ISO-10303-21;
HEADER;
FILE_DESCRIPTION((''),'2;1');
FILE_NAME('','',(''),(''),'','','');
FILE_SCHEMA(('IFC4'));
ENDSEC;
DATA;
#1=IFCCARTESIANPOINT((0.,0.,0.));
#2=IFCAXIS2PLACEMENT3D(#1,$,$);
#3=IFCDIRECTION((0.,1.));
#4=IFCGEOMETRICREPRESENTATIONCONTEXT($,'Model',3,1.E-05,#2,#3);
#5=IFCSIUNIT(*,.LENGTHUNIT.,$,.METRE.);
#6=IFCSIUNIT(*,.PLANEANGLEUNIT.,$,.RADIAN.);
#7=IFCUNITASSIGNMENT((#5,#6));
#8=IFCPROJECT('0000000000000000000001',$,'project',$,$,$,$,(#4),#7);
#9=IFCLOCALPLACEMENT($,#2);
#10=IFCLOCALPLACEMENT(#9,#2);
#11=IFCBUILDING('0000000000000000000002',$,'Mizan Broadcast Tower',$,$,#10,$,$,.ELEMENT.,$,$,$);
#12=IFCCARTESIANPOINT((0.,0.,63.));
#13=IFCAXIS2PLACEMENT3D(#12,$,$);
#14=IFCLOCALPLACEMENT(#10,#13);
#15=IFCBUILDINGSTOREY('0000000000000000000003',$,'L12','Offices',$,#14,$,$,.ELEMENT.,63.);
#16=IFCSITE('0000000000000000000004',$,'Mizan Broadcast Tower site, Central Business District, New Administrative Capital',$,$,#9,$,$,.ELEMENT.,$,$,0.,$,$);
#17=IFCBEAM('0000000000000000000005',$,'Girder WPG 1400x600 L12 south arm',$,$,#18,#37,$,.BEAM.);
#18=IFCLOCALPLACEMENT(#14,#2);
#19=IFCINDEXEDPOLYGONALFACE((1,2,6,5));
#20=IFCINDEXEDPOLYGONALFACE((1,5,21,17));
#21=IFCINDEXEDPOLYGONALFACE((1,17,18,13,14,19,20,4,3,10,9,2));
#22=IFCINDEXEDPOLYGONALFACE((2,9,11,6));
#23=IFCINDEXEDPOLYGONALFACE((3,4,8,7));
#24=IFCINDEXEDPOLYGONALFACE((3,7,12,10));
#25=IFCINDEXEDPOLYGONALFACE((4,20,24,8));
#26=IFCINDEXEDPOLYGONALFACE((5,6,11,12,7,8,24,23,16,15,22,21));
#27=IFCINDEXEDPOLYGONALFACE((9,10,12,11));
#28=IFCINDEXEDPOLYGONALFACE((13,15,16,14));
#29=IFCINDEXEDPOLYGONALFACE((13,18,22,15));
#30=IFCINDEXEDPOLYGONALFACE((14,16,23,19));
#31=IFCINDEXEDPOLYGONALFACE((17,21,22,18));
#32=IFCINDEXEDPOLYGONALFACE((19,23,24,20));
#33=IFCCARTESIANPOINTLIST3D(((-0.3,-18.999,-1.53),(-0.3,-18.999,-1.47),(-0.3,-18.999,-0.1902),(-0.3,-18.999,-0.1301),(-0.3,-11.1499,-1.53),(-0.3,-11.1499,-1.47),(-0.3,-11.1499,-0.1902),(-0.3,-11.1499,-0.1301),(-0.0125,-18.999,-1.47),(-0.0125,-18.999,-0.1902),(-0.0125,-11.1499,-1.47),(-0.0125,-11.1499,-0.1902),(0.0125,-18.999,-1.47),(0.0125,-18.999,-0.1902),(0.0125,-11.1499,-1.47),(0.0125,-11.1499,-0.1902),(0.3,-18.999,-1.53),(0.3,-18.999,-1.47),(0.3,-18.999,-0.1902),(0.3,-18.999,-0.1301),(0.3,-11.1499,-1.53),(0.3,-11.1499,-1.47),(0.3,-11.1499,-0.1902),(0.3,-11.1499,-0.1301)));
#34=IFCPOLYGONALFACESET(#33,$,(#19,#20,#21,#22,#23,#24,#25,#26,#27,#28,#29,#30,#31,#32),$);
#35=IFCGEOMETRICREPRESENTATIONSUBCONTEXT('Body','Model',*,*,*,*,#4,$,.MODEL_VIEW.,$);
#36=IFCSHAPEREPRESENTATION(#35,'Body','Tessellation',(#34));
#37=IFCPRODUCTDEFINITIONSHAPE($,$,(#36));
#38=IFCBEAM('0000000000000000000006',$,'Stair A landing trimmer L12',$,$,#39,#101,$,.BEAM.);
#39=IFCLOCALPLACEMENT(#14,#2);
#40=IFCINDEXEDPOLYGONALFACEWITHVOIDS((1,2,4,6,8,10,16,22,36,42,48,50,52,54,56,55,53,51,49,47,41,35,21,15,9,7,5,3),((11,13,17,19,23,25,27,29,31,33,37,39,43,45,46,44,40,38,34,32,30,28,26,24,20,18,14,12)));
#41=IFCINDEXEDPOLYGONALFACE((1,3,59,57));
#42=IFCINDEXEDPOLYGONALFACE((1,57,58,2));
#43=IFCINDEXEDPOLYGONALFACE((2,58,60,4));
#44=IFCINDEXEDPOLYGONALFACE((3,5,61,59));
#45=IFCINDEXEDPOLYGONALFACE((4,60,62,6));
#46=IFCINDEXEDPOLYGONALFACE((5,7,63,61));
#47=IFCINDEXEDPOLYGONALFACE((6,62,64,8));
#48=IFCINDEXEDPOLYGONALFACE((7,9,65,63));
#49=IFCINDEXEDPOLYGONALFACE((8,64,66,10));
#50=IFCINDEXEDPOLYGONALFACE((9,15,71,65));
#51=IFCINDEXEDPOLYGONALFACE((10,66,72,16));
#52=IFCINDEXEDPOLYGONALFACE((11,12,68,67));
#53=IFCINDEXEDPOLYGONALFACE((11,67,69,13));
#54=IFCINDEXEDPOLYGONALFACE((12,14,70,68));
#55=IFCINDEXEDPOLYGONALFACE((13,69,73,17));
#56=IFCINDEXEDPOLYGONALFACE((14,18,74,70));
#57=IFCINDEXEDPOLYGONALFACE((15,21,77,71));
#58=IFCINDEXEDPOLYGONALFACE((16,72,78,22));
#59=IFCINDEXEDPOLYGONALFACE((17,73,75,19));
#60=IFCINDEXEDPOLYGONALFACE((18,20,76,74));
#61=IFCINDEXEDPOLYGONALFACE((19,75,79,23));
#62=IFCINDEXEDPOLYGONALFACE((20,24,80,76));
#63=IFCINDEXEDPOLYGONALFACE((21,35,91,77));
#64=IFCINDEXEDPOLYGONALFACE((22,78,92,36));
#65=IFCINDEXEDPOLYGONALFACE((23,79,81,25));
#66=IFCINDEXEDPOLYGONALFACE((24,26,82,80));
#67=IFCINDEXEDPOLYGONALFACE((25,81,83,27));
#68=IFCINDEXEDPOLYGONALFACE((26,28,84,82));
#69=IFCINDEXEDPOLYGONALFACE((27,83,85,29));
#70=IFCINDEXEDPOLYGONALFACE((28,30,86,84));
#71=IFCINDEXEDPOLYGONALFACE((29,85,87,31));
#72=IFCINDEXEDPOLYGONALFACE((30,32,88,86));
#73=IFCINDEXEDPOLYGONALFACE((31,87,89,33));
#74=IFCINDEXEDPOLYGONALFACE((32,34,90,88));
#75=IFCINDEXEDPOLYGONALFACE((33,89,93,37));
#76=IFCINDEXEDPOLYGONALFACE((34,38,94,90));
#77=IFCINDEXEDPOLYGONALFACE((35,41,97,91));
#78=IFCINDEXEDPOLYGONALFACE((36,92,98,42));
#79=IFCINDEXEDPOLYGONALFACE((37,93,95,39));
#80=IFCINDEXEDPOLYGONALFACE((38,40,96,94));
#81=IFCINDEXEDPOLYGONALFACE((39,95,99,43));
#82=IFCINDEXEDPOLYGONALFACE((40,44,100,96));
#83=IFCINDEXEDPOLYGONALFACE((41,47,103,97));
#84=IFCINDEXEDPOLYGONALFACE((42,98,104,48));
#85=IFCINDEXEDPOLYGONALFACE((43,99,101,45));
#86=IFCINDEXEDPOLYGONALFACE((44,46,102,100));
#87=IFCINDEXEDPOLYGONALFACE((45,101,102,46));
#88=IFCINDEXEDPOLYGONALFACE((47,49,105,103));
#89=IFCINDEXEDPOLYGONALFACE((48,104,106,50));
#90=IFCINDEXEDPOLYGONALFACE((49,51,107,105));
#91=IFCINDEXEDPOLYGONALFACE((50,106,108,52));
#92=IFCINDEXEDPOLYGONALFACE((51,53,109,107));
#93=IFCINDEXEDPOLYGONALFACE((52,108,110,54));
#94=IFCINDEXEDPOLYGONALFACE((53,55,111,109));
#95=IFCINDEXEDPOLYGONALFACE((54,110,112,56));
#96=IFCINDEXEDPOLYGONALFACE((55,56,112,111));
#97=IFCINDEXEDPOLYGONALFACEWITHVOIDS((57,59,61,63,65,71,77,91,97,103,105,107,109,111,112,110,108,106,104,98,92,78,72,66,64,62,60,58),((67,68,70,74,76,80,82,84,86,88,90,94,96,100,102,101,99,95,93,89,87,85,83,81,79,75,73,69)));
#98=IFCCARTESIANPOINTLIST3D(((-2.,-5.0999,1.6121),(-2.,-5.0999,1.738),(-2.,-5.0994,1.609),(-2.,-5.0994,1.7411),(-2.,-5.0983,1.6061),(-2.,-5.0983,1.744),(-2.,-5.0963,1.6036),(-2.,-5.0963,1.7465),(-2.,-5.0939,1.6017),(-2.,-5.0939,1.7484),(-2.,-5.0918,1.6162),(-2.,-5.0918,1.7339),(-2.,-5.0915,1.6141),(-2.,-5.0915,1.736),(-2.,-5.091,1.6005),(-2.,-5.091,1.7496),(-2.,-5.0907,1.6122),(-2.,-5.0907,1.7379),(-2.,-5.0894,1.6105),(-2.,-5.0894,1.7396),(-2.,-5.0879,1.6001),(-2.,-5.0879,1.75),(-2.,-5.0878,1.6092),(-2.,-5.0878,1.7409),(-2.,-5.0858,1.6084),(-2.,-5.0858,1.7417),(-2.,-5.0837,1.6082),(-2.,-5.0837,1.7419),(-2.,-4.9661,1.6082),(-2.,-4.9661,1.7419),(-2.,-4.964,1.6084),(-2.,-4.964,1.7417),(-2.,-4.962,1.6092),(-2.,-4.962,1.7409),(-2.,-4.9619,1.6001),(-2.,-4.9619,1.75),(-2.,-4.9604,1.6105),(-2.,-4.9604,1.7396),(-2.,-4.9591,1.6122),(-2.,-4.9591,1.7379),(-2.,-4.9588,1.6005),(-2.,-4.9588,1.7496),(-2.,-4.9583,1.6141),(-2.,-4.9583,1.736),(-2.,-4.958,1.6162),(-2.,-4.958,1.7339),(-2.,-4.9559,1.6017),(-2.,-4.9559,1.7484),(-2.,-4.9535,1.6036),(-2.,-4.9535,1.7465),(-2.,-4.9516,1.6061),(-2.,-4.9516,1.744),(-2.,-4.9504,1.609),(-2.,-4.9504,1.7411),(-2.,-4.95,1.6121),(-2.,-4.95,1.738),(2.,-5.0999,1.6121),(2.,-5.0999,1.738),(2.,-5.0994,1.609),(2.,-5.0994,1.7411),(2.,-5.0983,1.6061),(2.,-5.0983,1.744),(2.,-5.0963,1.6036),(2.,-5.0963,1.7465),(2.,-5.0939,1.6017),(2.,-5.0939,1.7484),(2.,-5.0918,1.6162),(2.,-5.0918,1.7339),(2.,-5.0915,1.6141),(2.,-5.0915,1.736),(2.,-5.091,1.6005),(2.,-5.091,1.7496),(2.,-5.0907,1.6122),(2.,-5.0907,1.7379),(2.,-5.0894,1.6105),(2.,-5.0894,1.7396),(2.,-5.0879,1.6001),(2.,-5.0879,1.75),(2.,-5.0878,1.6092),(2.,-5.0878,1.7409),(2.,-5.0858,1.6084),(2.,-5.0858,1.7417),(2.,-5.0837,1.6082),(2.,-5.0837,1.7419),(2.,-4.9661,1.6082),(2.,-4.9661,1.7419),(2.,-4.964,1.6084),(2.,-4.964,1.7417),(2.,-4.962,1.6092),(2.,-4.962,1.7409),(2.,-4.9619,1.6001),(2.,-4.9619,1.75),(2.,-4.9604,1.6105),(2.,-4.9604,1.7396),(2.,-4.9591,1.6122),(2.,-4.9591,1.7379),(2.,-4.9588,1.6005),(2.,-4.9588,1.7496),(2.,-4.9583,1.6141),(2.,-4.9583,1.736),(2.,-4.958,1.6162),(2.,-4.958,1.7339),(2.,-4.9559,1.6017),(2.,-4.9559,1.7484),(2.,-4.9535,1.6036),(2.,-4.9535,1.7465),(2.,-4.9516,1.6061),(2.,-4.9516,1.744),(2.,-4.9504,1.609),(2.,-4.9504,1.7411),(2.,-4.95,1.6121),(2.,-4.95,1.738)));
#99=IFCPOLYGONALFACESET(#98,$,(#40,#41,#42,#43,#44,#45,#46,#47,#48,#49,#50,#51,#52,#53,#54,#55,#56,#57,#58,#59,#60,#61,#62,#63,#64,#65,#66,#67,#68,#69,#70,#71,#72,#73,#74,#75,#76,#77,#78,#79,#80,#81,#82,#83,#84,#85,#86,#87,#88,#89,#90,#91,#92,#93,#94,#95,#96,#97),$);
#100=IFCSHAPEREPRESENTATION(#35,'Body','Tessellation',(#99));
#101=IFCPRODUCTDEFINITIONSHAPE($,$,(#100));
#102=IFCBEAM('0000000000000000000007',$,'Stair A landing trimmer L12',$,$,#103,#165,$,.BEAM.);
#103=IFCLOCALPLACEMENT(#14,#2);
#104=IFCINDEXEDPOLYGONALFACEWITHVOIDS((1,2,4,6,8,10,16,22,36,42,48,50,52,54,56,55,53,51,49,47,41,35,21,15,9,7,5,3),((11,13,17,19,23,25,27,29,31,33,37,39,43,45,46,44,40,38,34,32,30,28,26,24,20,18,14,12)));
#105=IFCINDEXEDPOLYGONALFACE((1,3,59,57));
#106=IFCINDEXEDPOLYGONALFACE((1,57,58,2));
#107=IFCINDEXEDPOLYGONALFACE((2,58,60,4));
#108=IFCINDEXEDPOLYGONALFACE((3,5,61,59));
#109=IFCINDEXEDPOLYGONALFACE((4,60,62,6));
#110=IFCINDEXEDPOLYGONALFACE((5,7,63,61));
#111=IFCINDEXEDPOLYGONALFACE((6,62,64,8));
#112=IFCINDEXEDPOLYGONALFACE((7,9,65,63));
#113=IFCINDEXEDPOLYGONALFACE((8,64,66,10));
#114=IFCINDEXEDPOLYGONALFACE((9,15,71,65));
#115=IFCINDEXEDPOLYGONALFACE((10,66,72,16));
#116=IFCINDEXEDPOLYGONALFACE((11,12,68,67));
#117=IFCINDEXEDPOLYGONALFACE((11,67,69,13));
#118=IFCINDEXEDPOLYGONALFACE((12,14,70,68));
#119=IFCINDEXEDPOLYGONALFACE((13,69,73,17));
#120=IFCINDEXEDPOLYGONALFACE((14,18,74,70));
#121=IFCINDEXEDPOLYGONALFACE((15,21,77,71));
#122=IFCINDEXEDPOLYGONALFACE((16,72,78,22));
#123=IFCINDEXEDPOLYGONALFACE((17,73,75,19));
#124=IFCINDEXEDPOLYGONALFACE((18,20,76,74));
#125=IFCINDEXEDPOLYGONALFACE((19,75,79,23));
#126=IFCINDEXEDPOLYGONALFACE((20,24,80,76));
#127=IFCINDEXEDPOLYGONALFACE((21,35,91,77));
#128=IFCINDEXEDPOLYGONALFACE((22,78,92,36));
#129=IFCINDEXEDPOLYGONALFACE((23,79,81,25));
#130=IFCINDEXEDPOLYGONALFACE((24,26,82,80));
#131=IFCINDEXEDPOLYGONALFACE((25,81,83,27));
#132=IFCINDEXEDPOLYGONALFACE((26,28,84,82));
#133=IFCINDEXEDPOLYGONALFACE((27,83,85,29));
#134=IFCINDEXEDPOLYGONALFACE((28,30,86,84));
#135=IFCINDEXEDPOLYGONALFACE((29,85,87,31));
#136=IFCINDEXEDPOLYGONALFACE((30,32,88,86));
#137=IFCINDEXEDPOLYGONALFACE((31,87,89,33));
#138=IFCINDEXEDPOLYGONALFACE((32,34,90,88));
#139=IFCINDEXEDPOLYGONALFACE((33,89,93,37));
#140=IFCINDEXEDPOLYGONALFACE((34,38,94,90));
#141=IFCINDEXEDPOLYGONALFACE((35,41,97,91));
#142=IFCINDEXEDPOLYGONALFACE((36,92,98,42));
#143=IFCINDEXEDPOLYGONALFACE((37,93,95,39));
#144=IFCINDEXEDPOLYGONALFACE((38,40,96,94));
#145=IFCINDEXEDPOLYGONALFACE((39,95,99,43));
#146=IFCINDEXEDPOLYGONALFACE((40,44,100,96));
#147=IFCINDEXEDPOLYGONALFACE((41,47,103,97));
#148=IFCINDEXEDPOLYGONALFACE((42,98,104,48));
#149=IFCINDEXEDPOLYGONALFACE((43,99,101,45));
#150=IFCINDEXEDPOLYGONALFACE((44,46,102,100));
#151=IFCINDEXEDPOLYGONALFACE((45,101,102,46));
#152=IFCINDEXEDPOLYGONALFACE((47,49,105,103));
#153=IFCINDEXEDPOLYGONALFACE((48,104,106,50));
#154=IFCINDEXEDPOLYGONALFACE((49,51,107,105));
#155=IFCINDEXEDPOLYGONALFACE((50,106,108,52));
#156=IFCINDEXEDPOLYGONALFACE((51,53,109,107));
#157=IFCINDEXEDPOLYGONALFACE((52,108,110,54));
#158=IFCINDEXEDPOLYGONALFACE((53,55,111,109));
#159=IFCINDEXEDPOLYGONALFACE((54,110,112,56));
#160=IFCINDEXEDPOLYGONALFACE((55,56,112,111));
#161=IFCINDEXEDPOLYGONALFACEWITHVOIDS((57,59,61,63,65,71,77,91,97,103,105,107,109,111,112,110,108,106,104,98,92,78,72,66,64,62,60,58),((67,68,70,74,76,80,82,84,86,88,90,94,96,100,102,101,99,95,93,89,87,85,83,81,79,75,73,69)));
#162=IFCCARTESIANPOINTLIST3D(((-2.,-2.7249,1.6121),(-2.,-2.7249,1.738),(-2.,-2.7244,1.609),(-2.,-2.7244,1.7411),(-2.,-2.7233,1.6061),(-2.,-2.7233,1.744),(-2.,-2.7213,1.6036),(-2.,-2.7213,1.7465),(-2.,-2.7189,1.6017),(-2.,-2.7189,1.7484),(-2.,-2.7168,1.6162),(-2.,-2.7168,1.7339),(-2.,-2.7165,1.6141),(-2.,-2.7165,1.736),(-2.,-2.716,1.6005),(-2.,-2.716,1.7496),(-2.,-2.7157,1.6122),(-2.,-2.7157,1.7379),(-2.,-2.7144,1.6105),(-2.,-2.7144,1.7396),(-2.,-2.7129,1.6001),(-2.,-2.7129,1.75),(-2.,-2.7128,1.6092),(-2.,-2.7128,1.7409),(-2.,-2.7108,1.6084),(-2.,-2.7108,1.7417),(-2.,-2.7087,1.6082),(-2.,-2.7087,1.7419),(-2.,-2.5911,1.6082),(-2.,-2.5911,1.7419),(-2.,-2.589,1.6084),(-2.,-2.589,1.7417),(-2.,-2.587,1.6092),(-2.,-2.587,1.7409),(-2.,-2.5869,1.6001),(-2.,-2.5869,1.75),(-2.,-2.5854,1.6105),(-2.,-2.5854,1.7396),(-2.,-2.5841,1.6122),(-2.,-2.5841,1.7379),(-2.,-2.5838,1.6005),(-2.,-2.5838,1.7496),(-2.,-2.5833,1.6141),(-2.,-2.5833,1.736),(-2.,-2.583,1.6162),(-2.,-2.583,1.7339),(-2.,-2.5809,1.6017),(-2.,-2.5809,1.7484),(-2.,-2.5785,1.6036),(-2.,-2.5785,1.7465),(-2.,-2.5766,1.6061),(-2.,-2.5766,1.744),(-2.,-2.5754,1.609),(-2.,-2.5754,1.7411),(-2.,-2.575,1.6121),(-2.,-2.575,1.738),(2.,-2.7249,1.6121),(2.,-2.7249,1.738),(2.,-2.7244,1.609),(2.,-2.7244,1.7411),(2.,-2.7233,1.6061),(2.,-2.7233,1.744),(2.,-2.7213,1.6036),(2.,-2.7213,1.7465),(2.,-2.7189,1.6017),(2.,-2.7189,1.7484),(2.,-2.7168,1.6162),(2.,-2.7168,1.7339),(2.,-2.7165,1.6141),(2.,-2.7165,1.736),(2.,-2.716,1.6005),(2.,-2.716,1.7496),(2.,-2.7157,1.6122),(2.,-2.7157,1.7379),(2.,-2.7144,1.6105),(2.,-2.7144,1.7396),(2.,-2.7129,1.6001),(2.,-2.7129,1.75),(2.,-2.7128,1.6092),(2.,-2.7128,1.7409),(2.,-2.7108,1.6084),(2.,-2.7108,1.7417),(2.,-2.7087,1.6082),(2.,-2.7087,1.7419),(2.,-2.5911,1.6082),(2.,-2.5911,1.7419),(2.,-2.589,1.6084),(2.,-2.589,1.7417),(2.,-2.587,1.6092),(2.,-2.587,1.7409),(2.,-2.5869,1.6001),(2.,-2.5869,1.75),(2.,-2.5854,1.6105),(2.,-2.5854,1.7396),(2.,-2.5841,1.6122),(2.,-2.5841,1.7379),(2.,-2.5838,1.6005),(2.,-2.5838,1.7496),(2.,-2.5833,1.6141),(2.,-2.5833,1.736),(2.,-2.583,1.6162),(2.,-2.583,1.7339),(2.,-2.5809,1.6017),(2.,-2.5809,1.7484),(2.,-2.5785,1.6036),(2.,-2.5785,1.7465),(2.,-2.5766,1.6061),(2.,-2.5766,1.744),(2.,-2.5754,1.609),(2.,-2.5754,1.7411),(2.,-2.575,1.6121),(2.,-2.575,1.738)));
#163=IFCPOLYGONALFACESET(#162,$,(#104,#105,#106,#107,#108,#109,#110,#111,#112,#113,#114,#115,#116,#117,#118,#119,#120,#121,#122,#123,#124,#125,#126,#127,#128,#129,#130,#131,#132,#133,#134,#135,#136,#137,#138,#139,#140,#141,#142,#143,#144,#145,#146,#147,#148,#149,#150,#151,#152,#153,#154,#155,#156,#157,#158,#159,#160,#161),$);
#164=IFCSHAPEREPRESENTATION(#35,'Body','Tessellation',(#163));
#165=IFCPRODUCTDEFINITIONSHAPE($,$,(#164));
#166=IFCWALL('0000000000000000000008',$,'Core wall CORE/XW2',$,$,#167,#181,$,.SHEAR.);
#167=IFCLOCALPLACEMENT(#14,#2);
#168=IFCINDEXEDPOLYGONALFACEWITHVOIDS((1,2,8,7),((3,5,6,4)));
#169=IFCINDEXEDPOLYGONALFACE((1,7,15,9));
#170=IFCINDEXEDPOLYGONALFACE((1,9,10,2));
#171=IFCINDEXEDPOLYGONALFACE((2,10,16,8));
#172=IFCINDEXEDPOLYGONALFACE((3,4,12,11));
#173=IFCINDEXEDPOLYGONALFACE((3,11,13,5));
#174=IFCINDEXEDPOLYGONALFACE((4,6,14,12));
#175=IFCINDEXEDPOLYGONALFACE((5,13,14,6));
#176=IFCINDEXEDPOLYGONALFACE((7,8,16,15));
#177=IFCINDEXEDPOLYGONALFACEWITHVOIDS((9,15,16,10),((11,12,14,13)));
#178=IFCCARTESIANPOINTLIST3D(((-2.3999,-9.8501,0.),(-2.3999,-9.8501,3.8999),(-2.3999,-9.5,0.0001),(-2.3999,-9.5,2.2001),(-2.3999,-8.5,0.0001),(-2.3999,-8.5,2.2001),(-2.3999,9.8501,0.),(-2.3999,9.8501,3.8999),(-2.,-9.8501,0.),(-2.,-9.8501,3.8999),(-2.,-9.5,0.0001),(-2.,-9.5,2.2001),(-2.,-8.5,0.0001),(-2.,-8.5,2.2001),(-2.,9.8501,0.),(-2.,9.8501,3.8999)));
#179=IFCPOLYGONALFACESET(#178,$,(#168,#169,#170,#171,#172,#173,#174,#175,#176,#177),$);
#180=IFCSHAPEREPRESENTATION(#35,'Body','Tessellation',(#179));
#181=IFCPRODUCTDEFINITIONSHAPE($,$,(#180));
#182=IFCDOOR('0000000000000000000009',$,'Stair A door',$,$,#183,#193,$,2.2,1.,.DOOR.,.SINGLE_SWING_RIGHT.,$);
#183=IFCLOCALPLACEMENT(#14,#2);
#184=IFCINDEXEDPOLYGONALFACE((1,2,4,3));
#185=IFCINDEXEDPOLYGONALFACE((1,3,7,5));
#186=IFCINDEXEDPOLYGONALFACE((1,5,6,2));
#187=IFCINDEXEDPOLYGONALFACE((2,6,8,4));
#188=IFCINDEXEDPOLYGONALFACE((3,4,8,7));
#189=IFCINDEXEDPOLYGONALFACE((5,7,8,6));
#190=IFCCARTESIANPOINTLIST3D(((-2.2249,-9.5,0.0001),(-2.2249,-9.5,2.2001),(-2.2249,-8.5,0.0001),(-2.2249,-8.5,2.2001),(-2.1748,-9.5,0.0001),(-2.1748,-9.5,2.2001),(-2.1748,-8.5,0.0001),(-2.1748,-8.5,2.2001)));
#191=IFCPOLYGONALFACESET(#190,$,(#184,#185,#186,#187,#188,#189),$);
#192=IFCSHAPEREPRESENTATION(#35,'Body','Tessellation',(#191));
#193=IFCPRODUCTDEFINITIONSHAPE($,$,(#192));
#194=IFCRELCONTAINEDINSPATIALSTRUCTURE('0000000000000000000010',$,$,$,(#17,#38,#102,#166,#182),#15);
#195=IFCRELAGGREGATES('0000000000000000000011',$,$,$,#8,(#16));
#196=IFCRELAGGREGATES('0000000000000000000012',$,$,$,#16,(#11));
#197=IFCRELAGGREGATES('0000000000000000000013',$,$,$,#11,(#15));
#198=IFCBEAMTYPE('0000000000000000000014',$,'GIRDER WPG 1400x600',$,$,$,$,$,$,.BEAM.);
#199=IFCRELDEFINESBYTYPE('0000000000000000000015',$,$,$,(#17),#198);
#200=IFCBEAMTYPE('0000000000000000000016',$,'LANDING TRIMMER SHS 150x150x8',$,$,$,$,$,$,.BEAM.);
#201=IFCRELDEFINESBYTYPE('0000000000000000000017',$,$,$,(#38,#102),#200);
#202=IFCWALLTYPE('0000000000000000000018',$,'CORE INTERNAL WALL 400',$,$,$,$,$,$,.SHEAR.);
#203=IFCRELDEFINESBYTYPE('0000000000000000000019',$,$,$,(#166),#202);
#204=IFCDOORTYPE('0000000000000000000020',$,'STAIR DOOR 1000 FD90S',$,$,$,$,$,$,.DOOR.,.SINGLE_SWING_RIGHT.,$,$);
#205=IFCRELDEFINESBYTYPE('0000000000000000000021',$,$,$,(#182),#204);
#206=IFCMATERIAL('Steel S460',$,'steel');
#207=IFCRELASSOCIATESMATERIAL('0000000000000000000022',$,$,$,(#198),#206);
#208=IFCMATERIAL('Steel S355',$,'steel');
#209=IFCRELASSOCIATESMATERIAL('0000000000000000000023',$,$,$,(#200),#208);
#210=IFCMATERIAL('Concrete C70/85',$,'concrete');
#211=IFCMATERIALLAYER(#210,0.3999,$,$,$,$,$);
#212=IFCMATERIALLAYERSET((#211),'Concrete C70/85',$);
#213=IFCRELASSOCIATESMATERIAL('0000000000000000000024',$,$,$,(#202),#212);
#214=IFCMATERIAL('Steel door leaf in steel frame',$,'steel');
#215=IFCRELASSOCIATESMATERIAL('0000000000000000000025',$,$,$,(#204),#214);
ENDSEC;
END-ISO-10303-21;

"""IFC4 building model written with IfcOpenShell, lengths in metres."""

from ifc_helpers import new_model, si_unit, direction, frame, frame_2d, origin, origin_2d, place, context, subcontext, project, spatial, rectangle, hollow_rectangle, i_section, extrude, material, layer, layer_set, material_profile, profile_set, type_object, element, fill, save


model = new_model("IFC4")

# Units and contexts
model_context = context("Model", 3, precision=1e-05, world=origin(), true_north=direction((0.0, 1.0)))
body_context = subcontext(model_context, "Body", "Model", "MODEL_VIEW")
ifc_project = project(units=[si_unit("LENGTHUNIT", "METRE"), si_unit("PLANEANGLEUNIT", "RADIAN")], contexts=[model_context])

# Site, building, storey
site_placement = place(None, origin())
site = spatial("IfcSite", under=ifc_project, at=site_placement, Name="Mizan Broadcast Tower site, Central Business District, New Administrative Capital", CompositionType="ELEMENT", RefElevation=0.0)
building_placement = place(site_placement, origin())
building = spatial("IfcBuilding", under=site, at=building_placement, Name="Mizan Broadcast Tower", CompositionType="ELEMENT")
storey_placement = place(building_placement, frame((0.0, 0.0, 63.0)))
storey = spatial("IfcBuildingStorey", under=building, at=storey_placement, Name="L12", Description="Offices", CompositionType="ELEMENT", Elevation=63.0)

# Beams
ifc_material_1 = material(Name="Steel S460", Category="steel")
ifc_material_profile_1 = material_profile(ifc_material_1, i_section(OverallWidth=0.6001, OverallDepth=1.3999, WebThickness=0.0249, FlangeThickness=0.0601, at=origin_2d()), Name="WPG 1400x600")
ifc_profile_set_1 = profile_set([ifc_material_profile_1], Name="Steel S460")
beam_type_1 = type_object("IfcBeamType", Name="GIRDER WPG 1400x600", PredefinedType="BEAM", material=ifc_profile_set_1)
beam_placement = place(storey_placement, frame((0.0, -11.1499, -0.8301), z_axis=(0.0, -1.0, 0.0), x_axis=(1.0, 0.0, 0.0)))
element("IfcBeam", 1, at=beam_placement, inside=storey, type_object=beam_type_1, Name="Girder WPG 1400x600 L12 south arm", PredefinedType="BEAM", context=body_context, shape_type="SweptSolid", body=[
    extrude(i_section(OverallWidth=0.6001, OverallDepth=1.3999, WebThickness=0.0249, FlangeThickness=0.0601, at=origin_2d()), origin(), (0.0, 0.0, 1.0), 7.8491),
])
ifc_material_2 = material(Name="Steel S355", Category="steel")
ifc_material_profile_2 = material_profile(ifc_material_2, hollow_rectangle(XDim=0.1499, YDim=0.1499, WallThickness=0.0081, InnerFilletRadius=0.0081, OuterFilletRadius=0.012, at=origin_2d()), Name="SHS 150x150x8")
ifc_profile_set_2 = profile_set([ifc_material_profile_2], Name="Steel S355")
beam_type_2 = type_object("IfcBeamType", Name="LANDING TRIMMER SHS 150x150x8", PredefinedType="BEAM", material=ifc_profile_set_2)
for number, where, z_axis, x_axis, name in (
    (2, (-2.0, -5.0249, 1.675), (1.0, 0.0, 0.0), (0.0, 1.0, 0.0), "Stair A landing trimmer L12"),
    (3, (-2.0, -2.6499, 1.675), (1.0, 0.0, 0.0), (0.0, 1.0, 0.0), "Stair A landing trimmer L12"),
):
    element("IfcBeam", number, at=place(storey_placement, frame(where, z_axis=z_axis, x_axis=x_axis)), inside=storey, type_object=beam_type_2, Name=name, PredefinedType="BEAM", context=body_context, shape_type="SweptSolid", body=[
        extrude(hollow_rectangle(XDim=0.1499, YDim=0.1499, WallThickness=0.0081, InnerFilletRadius=0.0081, OuterFilletRadius=0.012, at=origin_2d()), origin(), (0.0, 0.0, 1.0), 4.0),
    ])

# Wall, opening, door
ifc_material_3 = material(Name="Concrete C70/85", Category="concrete")
ifc_layer_1 = layer(ifc_material_3, 0.3999)
ifc_layer_set_1 = layer_set([ifc_layer_1], Name="Concrete C70/85")
wall_type_1 = type_object("IfcWallType", Name="CORE INTERNAL WALL 400", PredefinedType="SHEAR", material=ifc_layer_set_1)
wall_1_placement = place(storey_placement, frame((-2.2, -9.8501, 0.0), z_axis=(0.0, 0.0, 1.0), x_axis=(0.0, 1.0, 0.0)))
wall_1 = element("IfcWall", 4, at=wall_1_placement, inside=storey, type_object=wall_type_1, Name="Core wall CORE/XW2", PredefinedType="SHEAR", context=body_context, shape_type="SweptSolid", body=[
    extrude(rectangle(XDim=19.7002, YDim=0.3999, at=frame_2d((9.8501, 0.0))), origin(), (0.0, 0.0, 1.0), 3.8999),
])
opening_1_placement = place(wall_1_placement, frame((0.3501, 0.0, 0.0)))
opening_1 = element("IfcOpeningElement", 5, at=opening_1_placement, cuts=wall_1, PredefinedType="OPENING", context=body_context, shape_type="SweptSolid", body=[
    extrude(rectangle(XDim=1.0, YDim=2.2, at=frame_2d((0.5, 1.1001))), frame((0.0, 0.21, 0.0), z_axis=(0.0, -1.0, 0.0), x_axis=(1.0, 0.0, 0.0)), (0.0, 0.0, 1.0), 0.4199),
])
ifc_material_4 = material(Name="Steel door leaf in steel frame", Category="steel")
door_type_1 = type_object("IfcDoorType", Name="STAIR DOOR 1000 FD90S", OperationType="SINGLE_SWING_RIGHT", PredefinedType="DOOR", material=ifc_material_4)
door_1_placement = place(opening_1_placement, origin())
door_1 = element("IfcDoor", 6, at=door_1_placement, inside=storey, type_object=door_type_1, Name="Stair A door", OperationType="SINGLE_SWING_RIGHT", OverallHeight=2.2, OverallWidth=1.0, PredefinedType="DOOR", context=body_context, shape_type="SweptSolid", body=[
    extrude(rectangle(XDim=1.0, YDim=2.2, at=frame_2d((0.5, 1.1001))), frame((0.0, 0.0249, 0.0), z_axis=(0.0, -1.0, 0.0), x_axis=(1.0, 0.0, 0.0)), (0.0, 0.0, 1.0), 0.05),
])
fill(opening_1, door_1)

save(model, "model.ifc")
